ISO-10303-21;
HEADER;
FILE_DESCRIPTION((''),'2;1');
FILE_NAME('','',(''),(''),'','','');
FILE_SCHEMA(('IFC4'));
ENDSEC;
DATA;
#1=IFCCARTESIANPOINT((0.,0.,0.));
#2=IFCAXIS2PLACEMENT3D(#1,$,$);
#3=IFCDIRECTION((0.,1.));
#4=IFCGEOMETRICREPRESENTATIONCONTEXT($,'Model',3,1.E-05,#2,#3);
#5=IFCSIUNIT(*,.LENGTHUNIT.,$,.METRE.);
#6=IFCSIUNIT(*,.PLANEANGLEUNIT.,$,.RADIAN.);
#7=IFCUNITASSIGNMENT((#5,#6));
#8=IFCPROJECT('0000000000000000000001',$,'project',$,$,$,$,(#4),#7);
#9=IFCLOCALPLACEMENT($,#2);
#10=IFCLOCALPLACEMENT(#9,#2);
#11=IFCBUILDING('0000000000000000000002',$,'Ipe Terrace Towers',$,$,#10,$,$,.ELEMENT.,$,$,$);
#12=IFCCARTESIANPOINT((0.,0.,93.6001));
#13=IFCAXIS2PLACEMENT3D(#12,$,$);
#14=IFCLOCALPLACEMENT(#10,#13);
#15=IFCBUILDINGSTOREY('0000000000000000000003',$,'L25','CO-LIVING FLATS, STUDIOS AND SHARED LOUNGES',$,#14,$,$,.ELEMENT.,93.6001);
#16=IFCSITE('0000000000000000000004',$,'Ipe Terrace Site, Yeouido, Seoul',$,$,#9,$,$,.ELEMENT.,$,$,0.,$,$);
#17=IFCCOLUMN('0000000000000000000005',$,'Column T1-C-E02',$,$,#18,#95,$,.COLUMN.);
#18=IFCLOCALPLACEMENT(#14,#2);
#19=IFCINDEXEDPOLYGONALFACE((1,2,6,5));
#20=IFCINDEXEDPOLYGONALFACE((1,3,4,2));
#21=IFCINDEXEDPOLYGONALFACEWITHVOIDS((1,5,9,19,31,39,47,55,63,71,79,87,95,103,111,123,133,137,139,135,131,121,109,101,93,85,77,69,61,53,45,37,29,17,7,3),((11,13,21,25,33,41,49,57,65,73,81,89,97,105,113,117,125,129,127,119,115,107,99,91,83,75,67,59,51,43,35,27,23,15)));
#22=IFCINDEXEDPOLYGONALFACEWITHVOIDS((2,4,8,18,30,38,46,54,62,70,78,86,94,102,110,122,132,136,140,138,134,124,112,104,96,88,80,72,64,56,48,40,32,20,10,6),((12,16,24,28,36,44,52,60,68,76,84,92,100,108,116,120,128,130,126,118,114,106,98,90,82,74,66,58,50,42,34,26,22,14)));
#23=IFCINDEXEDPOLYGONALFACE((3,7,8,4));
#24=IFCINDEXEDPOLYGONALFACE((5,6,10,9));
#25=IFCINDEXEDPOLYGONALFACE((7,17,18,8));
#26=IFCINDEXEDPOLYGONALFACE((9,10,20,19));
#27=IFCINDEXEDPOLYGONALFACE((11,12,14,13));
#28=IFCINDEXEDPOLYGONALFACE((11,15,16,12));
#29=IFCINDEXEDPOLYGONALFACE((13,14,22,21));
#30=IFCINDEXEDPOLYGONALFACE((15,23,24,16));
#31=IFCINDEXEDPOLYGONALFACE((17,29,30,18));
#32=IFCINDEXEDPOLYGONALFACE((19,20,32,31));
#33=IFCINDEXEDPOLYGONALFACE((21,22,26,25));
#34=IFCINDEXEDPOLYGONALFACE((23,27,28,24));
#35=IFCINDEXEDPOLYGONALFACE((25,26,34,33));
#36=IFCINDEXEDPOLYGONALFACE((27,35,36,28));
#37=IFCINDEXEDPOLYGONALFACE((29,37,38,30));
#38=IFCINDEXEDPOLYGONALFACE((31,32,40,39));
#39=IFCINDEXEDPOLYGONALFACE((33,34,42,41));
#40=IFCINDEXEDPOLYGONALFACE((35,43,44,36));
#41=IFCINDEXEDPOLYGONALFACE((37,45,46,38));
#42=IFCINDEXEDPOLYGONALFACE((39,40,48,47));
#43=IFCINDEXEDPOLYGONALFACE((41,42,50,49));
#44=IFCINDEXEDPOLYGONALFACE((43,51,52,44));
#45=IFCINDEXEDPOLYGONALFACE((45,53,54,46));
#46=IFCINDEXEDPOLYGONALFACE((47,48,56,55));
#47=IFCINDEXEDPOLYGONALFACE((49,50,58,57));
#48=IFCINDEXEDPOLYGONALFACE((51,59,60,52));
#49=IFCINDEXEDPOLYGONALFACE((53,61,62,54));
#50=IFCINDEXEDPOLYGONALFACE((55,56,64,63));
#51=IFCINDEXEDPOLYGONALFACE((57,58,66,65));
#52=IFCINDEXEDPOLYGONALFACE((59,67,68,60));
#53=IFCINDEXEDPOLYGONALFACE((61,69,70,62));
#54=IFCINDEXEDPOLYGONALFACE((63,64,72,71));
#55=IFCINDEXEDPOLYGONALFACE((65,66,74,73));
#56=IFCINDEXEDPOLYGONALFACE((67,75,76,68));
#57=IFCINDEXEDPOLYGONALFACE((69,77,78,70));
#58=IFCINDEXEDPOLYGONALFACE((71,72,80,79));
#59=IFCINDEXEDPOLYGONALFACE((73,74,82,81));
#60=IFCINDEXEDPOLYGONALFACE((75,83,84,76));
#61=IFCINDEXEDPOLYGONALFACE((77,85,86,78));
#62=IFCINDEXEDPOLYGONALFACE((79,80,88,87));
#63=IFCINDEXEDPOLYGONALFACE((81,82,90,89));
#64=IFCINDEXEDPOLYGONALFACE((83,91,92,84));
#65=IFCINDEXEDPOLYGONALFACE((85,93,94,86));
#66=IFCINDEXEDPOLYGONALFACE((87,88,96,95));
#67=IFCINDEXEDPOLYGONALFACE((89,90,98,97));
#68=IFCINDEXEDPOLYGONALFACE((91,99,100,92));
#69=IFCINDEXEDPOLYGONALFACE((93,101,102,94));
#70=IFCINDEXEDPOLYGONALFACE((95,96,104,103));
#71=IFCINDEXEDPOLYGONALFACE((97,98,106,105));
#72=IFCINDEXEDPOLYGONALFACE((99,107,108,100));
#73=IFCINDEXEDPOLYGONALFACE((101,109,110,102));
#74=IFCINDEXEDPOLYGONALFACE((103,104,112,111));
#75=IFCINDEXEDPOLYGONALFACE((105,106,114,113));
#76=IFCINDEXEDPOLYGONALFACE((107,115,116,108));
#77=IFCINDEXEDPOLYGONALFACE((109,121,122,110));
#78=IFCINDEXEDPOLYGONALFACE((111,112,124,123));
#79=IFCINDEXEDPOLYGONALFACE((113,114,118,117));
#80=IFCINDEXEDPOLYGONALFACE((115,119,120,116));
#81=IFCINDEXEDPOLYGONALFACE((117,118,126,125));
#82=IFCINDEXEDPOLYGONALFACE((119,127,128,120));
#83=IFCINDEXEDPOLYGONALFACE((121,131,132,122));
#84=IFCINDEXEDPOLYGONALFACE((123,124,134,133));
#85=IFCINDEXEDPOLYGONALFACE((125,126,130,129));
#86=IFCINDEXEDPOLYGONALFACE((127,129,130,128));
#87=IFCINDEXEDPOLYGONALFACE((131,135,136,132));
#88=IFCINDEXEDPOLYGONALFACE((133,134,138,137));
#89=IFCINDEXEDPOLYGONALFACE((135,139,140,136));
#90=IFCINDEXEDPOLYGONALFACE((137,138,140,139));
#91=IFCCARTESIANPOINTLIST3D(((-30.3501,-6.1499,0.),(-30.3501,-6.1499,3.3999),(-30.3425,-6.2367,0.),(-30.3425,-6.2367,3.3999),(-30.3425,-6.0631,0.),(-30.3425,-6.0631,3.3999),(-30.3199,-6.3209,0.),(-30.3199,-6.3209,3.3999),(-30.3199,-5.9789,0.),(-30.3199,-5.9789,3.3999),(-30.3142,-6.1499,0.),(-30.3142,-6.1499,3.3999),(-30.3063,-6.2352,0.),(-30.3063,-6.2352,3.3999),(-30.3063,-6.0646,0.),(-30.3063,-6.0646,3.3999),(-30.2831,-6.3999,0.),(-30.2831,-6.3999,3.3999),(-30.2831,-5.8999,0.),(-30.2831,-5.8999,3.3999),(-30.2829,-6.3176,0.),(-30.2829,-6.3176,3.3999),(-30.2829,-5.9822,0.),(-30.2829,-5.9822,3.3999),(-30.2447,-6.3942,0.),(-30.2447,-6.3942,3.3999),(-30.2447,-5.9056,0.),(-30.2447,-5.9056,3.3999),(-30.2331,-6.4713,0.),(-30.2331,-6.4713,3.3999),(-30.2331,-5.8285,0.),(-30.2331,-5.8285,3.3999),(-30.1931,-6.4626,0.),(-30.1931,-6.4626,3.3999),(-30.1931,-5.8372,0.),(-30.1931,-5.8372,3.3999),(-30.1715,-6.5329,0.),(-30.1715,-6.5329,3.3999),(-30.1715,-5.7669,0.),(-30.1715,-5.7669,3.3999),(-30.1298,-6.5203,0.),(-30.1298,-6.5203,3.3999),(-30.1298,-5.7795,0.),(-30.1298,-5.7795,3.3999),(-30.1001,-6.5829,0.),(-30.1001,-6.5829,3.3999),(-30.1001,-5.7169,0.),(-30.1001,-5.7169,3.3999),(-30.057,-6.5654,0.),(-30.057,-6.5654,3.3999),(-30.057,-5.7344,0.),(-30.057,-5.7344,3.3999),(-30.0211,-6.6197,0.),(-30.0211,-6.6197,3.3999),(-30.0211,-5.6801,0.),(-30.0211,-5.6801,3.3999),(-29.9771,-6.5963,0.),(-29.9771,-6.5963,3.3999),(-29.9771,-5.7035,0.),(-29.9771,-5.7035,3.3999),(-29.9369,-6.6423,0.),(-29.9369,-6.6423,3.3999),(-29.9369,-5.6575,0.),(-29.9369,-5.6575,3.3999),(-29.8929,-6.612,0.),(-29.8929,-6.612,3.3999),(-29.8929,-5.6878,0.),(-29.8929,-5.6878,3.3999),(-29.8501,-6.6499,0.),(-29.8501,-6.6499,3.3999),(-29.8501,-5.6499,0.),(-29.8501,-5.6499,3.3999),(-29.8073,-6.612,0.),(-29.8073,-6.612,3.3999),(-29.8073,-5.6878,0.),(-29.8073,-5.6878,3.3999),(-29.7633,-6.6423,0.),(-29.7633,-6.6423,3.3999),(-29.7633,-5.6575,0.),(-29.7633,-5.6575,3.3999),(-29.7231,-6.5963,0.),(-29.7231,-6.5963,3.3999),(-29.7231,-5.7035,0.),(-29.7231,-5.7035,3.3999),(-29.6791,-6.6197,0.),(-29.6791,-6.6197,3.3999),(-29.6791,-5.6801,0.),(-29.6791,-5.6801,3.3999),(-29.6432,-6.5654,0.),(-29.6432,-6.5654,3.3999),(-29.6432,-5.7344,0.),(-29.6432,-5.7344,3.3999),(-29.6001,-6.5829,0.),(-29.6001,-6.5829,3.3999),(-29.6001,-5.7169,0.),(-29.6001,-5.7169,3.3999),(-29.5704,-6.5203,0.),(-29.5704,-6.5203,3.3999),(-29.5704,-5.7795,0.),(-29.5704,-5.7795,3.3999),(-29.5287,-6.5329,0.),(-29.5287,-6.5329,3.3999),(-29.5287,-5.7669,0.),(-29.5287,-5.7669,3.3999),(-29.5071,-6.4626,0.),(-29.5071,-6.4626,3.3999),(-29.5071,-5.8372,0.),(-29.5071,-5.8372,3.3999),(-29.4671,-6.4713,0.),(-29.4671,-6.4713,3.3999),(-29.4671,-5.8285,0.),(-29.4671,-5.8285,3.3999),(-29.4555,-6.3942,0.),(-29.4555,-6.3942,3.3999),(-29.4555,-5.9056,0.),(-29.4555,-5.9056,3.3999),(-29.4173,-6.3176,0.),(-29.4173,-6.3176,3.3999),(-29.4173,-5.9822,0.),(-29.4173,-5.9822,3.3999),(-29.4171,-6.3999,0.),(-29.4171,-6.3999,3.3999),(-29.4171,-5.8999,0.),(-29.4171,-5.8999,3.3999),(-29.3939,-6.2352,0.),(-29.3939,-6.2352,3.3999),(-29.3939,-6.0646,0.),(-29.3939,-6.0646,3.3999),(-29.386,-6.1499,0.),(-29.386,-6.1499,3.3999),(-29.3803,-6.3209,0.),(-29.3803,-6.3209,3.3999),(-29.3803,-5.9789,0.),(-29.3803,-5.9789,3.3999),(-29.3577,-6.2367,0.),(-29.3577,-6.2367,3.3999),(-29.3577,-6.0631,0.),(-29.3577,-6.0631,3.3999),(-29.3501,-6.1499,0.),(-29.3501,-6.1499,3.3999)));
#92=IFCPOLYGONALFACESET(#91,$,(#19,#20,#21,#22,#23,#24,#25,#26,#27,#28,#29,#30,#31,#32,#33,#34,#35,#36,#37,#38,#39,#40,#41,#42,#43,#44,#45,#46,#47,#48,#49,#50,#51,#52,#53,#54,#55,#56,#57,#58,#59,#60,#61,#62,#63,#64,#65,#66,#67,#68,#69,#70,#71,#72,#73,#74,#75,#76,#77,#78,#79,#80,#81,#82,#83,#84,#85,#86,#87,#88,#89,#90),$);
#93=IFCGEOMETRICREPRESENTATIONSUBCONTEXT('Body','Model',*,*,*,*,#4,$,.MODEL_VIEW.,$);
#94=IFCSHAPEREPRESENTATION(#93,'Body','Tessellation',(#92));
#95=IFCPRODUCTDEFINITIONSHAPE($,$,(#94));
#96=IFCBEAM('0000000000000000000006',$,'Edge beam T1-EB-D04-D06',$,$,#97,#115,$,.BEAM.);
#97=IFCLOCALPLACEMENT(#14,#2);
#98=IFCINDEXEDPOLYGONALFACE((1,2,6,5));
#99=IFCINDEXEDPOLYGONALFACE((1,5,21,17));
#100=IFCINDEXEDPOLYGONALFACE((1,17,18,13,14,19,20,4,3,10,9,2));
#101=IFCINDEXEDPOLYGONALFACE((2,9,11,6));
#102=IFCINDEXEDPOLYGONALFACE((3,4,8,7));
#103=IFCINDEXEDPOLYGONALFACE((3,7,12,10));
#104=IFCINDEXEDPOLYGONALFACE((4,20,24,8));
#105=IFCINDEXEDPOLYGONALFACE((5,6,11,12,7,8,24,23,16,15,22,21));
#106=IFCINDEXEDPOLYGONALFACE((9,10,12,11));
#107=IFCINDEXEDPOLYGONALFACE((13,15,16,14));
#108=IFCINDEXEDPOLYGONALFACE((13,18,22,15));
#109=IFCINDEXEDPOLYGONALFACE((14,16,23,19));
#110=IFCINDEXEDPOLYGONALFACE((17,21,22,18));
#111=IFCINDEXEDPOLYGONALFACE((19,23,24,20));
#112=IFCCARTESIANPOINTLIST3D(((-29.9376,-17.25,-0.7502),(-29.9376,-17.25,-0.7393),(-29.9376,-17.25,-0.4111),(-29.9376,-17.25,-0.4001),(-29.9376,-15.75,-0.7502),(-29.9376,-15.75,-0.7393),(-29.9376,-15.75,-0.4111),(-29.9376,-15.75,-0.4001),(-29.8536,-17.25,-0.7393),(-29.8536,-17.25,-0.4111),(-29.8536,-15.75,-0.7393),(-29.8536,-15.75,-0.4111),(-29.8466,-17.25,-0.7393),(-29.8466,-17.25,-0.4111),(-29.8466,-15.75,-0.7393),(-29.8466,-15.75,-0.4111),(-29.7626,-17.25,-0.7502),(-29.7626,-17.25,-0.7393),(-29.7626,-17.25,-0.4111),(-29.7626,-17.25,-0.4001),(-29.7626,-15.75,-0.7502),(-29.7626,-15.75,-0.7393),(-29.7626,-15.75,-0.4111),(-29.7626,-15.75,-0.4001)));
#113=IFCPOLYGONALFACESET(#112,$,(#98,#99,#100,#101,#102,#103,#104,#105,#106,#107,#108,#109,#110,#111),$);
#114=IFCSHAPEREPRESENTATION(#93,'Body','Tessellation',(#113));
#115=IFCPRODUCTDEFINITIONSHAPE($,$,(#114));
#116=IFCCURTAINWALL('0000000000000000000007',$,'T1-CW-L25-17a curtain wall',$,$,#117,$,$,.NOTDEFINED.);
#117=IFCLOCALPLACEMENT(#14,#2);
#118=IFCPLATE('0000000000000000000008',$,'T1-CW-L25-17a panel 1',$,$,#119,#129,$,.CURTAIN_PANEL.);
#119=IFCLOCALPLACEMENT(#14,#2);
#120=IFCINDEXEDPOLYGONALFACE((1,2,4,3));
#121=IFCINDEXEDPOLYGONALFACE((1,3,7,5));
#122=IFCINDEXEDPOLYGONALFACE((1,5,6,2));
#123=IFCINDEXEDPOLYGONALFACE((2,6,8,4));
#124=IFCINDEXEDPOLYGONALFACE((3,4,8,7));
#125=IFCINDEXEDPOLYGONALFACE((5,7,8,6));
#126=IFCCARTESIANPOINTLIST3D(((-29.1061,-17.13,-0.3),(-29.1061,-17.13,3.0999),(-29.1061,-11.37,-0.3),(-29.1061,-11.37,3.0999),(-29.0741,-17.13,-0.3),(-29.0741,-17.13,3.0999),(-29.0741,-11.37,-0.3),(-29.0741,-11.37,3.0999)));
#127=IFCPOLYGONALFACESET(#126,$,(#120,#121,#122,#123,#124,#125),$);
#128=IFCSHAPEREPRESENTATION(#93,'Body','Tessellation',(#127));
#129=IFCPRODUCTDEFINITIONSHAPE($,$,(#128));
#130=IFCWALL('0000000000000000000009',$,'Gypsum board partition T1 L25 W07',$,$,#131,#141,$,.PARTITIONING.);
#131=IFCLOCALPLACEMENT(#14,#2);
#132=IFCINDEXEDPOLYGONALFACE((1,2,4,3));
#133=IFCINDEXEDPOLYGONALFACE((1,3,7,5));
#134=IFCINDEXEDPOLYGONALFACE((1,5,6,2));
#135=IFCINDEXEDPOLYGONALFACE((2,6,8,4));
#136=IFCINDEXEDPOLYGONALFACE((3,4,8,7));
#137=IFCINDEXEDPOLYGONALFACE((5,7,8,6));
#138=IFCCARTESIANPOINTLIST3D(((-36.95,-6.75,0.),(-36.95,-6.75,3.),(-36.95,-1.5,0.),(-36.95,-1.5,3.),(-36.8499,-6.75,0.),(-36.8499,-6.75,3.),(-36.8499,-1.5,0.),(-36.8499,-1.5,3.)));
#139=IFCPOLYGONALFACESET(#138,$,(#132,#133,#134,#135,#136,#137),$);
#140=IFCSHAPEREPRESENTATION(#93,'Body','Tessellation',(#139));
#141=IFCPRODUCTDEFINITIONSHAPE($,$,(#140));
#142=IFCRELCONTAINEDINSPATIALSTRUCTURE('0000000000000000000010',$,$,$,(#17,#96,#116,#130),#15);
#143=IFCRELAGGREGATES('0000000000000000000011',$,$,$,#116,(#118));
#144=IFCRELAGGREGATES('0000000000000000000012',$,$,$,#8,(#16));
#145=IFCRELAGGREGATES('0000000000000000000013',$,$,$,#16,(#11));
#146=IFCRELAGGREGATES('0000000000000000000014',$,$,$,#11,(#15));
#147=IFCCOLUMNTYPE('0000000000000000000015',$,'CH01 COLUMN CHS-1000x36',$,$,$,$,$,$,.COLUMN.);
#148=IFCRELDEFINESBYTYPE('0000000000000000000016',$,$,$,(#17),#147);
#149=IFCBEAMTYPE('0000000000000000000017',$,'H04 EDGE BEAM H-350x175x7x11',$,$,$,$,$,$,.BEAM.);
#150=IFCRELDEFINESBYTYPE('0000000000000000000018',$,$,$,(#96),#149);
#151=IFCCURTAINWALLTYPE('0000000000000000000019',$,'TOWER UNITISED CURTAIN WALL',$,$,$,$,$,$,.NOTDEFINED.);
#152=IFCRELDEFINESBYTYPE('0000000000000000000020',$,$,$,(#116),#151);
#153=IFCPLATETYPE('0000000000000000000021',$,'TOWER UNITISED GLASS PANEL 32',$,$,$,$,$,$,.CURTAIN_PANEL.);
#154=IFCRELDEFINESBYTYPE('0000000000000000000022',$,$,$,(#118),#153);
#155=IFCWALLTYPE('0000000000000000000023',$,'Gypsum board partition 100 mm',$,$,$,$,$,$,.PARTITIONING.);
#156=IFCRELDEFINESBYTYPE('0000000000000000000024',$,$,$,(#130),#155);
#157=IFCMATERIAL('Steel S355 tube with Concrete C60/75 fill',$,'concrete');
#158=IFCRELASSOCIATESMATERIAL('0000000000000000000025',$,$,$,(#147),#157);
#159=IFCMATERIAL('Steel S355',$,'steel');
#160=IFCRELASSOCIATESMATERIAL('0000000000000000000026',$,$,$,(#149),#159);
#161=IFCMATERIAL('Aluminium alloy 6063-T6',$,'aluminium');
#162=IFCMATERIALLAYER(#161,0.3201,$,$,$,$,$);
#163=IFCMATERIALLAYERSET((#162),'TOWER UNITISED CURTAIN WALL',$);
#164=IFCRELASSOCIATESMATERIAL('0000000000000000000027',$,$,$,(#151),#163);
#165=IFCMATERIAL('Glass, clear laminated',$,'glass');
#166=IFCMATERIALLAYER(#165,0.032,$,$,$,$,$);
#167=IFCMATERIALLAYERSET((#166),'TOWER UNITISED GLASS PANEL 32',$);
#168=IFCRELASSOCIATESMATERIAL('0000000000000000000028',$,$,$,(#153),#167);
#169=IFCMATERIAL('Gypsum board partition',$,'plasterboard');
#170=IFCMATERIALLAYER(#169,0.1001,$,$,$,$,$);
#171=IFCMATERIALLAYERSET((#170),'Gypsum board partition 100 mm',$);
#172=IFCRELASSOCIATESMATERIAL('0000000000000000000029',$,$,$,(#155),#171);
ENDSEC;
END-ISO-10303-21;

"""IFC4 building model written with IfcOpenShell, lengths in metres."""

from ifc_helpers import new_model, si_unit, direction, frame, frame_2d, origin, origin_2d, place, context, subcontext, project, spatial, rectangle, hollow_circle, i_section, extrude, material, layer, layer_set, material_profile, profile_set, type_object, element, aggregate, save


model = new_model("IFC4")

# Units and contexts
model_context = context("Model", 3, precision=1e-05, world=origin(), true_north=direction((0.0, 1.0)))
body_context = subcontext(model_context, "Body", "Model", "MODEL_VIEW")
ifc_project = project(units=[si_unit("LENGTHUNIT", "METRE"), si_unit("PLANEANGLEUNIT", "RADIAN")], contexts=[model_context])

# Site, building, storey
site_placement = place(None, origin())
site = spatial("IfcSite", under=ifc_project, at=site_placement, Name="Ipe Terrace Site, Yeouido, Seoul", CompositionType="ELEMENT", RefElevation=0.0)
building_placement = place(site_placement, origin())
building = spatial("IfcBuilding", under=site, at=building_placement, Name="Ipe Terrace Towers", CompositionType="ELEMENT")
storey_placement = place(building_placement, frame((0.0, 0.0, 93.6001)))
storey = spatial("IfcBuildingStorey", under=building, at=storey_placement, Name="L25", Description="CO-LIVING FLATS, STUDIOS AND SHARED LOUNGES", CompositionType="ELEMENT", Elevation=93.6001)

# Column
ifc_material_1 = material(Name="Steel S355 tube with Concrete C60/75 fill", Category="concrete")
ifc_material_profile_1 = material_profile(ifc_material_1, hollow_circle(Radius=0.5, WallThickness=0.0359, at=origin_2d()), Name="CHS-1000x36")
ifc_profile_set_1 = profile_set([ifc_material_profile_1], Name="Steel S355 tube with Concrete C60/75 fill")
column_type = type_object("IfcColumnType", Name="CH01 COLUMN CHS-1000x36", PredefinedType="COLUMN", material=ifc_profile_set_1)
column_placement = place(storey_placement, frame((-29.8501, -6.1499, 0.0), z_axis=(0.0, 0.0, 1.0), x_axis=(1.0, 0.0, 0.0)))
element("IfcColumn", 1, at=column_placement, inside=storey, type_object=column_type, Name="Column T1-C-E02", PredefinedType="COLUMN", context=body_context, shape_type="SweptSolid", body=[
    extrude(hollow_circle(Radius=0.5, WallThickness=0.0359, at=origin_2d()), origin(), (0.0, 0.0, 1.0), 3.3999),
])

# Beam
ifc_material_2 = material(Name="Steel S355", Category="steel")
ifc_material_profile_2 = material_profile(ifc_material_2, i_section(OverallWidth=0.175, OverallDepth=0.3501, WebThickness=0.0071, FlangeThickness=0.011, at=origin_2d()), Name="H-350x175x7x11")
ifc_profile_set_2 = profile_set([ifc_material_profile_2], Name="Steel S355")
beam_type = type_object("IfcBeamType", Name="H04 EDGE BEAM H-350x175x7x11", PredefinedType="BEAM", material=ifc_profile_set_2)
beam_placement = place(storey_placement, frame((-29.8501, -15.75, -0.5752), z_axis=(0.0, -1.0, 0.0), x_axis=(1.0, 0.0, 0.0)))
element("IfcBeam", 2, at=beam_placement, inside=storey, type_object=beam_type, Name="Edge beam T1-EB-D04-D06", PredefinedType="BEAM", context=body_context, shape_type="SweptSolid", body=[
    extrude(i_section(OverallWidth=0.175, OverallDepth=0.3501, WebThickness=0.0071, FlangeThickness=0.011, at=origin_2d()), origin(), (0.0, 0.0, 1.0), 1.5),
])

# Curtain wall, plate
ifc_material_3 = material(Name="Aluminium alloy 6063-T6", Category="aluminium")
ifc_layer_1 = layer(ifc_material_3, 0.3201)
ifc_layer_set_1 = layer_set([ifc_layer_1], Name="TOWER UNITISED CURTAIN WALL")
curtain_wall_type = type_object("IfcCurtainWallType", Name="TOWER UNITISED CURTAIN WALL", PredefinedType="NOTDEFINED", material=ifc_layer_set_1)
curtain_wall_placement = place(storey_placement, origin())
curtain_wall = element("IfcCurtainWall", 3, at=curtain_wall_placement, inside=storey, type_object=curtain_wall_type, Name="T1-CW-L25-17a curtain wall", PredefinedType="NOTDEFINED")
ifc_material_4 = material(Name="Glass, clear laminated", Category="glass")
ifc_layer_2 = layer(ifc_material_4, 0.032)
ifc_layer_set_2 = layer_set([ifc_layer_2], Name="TOWER UNITISED GLASS PANEL 32")
plate_type = type_object("IfcPlateType", Name="TOWER UNITISED GLASS PANEL 32", PredefinedType="CURTAIN_PANEL", material=ifc_layer_set_2)
plate_placement = place(storey_placement, frame((-29.0901, -14.25, -0.3), z_axis=(0.0, 0.0, 1.0), x_axis=(0.0, 1.0, 0.0)))
plate = element("IfcPlate", 4, at=plate_placement, type_object=plate_type, Name="T1-CW-L25-17a panel 1", PredefinedType="CURTAIN_PANEL", context=body_context, shape_type="SweptSolid", body=[
    extrude(rectangle(XDim=5.76, YDim=0.032, at=origin_2d()), origin(), (0.0, 0.0, 1.0), 3.3999),
])
aggregate(curtain_wall, [plate])

# Wall
ifc_material_5 = material(Name="Gypsum board partition", Category="plasterboard")
ifc_layer_3 = layer(ifc_material_5, 0.1001)
ifc_layer_set_3 = layer_set([ifc_layer_3], Name="Gypsum board partition 100 mm")
wall_type = type_object("IfcWallType", Name="Gypsum board partition 100 mm", PredefinedType="PARTITIONING", material=ifc_layer_set_3)
wall_1_placement = place(storey_placement, frame((-36.8999, -6.75, 0.0), z_axis=(0.0, 0.0, 1.0), x_axis=(0.0, 1.0, 0.0)))
element("IfcWall", 5, at=wall_1_placement, inside=storey, type_object=wall_type, Name="Gypsum board partition T1 L25 W07", PredefinedType="PARTITIONING", context=body_context, shape_type="SweptSolid", body=[
    extrude(rectangle(XDim=5.25, YDim=0.1001, at=frame_2d((2.625, 0.0))), origin(), (0.0, 0.0, 1.0), 3.0),
])

save(model, "model.ifc")
